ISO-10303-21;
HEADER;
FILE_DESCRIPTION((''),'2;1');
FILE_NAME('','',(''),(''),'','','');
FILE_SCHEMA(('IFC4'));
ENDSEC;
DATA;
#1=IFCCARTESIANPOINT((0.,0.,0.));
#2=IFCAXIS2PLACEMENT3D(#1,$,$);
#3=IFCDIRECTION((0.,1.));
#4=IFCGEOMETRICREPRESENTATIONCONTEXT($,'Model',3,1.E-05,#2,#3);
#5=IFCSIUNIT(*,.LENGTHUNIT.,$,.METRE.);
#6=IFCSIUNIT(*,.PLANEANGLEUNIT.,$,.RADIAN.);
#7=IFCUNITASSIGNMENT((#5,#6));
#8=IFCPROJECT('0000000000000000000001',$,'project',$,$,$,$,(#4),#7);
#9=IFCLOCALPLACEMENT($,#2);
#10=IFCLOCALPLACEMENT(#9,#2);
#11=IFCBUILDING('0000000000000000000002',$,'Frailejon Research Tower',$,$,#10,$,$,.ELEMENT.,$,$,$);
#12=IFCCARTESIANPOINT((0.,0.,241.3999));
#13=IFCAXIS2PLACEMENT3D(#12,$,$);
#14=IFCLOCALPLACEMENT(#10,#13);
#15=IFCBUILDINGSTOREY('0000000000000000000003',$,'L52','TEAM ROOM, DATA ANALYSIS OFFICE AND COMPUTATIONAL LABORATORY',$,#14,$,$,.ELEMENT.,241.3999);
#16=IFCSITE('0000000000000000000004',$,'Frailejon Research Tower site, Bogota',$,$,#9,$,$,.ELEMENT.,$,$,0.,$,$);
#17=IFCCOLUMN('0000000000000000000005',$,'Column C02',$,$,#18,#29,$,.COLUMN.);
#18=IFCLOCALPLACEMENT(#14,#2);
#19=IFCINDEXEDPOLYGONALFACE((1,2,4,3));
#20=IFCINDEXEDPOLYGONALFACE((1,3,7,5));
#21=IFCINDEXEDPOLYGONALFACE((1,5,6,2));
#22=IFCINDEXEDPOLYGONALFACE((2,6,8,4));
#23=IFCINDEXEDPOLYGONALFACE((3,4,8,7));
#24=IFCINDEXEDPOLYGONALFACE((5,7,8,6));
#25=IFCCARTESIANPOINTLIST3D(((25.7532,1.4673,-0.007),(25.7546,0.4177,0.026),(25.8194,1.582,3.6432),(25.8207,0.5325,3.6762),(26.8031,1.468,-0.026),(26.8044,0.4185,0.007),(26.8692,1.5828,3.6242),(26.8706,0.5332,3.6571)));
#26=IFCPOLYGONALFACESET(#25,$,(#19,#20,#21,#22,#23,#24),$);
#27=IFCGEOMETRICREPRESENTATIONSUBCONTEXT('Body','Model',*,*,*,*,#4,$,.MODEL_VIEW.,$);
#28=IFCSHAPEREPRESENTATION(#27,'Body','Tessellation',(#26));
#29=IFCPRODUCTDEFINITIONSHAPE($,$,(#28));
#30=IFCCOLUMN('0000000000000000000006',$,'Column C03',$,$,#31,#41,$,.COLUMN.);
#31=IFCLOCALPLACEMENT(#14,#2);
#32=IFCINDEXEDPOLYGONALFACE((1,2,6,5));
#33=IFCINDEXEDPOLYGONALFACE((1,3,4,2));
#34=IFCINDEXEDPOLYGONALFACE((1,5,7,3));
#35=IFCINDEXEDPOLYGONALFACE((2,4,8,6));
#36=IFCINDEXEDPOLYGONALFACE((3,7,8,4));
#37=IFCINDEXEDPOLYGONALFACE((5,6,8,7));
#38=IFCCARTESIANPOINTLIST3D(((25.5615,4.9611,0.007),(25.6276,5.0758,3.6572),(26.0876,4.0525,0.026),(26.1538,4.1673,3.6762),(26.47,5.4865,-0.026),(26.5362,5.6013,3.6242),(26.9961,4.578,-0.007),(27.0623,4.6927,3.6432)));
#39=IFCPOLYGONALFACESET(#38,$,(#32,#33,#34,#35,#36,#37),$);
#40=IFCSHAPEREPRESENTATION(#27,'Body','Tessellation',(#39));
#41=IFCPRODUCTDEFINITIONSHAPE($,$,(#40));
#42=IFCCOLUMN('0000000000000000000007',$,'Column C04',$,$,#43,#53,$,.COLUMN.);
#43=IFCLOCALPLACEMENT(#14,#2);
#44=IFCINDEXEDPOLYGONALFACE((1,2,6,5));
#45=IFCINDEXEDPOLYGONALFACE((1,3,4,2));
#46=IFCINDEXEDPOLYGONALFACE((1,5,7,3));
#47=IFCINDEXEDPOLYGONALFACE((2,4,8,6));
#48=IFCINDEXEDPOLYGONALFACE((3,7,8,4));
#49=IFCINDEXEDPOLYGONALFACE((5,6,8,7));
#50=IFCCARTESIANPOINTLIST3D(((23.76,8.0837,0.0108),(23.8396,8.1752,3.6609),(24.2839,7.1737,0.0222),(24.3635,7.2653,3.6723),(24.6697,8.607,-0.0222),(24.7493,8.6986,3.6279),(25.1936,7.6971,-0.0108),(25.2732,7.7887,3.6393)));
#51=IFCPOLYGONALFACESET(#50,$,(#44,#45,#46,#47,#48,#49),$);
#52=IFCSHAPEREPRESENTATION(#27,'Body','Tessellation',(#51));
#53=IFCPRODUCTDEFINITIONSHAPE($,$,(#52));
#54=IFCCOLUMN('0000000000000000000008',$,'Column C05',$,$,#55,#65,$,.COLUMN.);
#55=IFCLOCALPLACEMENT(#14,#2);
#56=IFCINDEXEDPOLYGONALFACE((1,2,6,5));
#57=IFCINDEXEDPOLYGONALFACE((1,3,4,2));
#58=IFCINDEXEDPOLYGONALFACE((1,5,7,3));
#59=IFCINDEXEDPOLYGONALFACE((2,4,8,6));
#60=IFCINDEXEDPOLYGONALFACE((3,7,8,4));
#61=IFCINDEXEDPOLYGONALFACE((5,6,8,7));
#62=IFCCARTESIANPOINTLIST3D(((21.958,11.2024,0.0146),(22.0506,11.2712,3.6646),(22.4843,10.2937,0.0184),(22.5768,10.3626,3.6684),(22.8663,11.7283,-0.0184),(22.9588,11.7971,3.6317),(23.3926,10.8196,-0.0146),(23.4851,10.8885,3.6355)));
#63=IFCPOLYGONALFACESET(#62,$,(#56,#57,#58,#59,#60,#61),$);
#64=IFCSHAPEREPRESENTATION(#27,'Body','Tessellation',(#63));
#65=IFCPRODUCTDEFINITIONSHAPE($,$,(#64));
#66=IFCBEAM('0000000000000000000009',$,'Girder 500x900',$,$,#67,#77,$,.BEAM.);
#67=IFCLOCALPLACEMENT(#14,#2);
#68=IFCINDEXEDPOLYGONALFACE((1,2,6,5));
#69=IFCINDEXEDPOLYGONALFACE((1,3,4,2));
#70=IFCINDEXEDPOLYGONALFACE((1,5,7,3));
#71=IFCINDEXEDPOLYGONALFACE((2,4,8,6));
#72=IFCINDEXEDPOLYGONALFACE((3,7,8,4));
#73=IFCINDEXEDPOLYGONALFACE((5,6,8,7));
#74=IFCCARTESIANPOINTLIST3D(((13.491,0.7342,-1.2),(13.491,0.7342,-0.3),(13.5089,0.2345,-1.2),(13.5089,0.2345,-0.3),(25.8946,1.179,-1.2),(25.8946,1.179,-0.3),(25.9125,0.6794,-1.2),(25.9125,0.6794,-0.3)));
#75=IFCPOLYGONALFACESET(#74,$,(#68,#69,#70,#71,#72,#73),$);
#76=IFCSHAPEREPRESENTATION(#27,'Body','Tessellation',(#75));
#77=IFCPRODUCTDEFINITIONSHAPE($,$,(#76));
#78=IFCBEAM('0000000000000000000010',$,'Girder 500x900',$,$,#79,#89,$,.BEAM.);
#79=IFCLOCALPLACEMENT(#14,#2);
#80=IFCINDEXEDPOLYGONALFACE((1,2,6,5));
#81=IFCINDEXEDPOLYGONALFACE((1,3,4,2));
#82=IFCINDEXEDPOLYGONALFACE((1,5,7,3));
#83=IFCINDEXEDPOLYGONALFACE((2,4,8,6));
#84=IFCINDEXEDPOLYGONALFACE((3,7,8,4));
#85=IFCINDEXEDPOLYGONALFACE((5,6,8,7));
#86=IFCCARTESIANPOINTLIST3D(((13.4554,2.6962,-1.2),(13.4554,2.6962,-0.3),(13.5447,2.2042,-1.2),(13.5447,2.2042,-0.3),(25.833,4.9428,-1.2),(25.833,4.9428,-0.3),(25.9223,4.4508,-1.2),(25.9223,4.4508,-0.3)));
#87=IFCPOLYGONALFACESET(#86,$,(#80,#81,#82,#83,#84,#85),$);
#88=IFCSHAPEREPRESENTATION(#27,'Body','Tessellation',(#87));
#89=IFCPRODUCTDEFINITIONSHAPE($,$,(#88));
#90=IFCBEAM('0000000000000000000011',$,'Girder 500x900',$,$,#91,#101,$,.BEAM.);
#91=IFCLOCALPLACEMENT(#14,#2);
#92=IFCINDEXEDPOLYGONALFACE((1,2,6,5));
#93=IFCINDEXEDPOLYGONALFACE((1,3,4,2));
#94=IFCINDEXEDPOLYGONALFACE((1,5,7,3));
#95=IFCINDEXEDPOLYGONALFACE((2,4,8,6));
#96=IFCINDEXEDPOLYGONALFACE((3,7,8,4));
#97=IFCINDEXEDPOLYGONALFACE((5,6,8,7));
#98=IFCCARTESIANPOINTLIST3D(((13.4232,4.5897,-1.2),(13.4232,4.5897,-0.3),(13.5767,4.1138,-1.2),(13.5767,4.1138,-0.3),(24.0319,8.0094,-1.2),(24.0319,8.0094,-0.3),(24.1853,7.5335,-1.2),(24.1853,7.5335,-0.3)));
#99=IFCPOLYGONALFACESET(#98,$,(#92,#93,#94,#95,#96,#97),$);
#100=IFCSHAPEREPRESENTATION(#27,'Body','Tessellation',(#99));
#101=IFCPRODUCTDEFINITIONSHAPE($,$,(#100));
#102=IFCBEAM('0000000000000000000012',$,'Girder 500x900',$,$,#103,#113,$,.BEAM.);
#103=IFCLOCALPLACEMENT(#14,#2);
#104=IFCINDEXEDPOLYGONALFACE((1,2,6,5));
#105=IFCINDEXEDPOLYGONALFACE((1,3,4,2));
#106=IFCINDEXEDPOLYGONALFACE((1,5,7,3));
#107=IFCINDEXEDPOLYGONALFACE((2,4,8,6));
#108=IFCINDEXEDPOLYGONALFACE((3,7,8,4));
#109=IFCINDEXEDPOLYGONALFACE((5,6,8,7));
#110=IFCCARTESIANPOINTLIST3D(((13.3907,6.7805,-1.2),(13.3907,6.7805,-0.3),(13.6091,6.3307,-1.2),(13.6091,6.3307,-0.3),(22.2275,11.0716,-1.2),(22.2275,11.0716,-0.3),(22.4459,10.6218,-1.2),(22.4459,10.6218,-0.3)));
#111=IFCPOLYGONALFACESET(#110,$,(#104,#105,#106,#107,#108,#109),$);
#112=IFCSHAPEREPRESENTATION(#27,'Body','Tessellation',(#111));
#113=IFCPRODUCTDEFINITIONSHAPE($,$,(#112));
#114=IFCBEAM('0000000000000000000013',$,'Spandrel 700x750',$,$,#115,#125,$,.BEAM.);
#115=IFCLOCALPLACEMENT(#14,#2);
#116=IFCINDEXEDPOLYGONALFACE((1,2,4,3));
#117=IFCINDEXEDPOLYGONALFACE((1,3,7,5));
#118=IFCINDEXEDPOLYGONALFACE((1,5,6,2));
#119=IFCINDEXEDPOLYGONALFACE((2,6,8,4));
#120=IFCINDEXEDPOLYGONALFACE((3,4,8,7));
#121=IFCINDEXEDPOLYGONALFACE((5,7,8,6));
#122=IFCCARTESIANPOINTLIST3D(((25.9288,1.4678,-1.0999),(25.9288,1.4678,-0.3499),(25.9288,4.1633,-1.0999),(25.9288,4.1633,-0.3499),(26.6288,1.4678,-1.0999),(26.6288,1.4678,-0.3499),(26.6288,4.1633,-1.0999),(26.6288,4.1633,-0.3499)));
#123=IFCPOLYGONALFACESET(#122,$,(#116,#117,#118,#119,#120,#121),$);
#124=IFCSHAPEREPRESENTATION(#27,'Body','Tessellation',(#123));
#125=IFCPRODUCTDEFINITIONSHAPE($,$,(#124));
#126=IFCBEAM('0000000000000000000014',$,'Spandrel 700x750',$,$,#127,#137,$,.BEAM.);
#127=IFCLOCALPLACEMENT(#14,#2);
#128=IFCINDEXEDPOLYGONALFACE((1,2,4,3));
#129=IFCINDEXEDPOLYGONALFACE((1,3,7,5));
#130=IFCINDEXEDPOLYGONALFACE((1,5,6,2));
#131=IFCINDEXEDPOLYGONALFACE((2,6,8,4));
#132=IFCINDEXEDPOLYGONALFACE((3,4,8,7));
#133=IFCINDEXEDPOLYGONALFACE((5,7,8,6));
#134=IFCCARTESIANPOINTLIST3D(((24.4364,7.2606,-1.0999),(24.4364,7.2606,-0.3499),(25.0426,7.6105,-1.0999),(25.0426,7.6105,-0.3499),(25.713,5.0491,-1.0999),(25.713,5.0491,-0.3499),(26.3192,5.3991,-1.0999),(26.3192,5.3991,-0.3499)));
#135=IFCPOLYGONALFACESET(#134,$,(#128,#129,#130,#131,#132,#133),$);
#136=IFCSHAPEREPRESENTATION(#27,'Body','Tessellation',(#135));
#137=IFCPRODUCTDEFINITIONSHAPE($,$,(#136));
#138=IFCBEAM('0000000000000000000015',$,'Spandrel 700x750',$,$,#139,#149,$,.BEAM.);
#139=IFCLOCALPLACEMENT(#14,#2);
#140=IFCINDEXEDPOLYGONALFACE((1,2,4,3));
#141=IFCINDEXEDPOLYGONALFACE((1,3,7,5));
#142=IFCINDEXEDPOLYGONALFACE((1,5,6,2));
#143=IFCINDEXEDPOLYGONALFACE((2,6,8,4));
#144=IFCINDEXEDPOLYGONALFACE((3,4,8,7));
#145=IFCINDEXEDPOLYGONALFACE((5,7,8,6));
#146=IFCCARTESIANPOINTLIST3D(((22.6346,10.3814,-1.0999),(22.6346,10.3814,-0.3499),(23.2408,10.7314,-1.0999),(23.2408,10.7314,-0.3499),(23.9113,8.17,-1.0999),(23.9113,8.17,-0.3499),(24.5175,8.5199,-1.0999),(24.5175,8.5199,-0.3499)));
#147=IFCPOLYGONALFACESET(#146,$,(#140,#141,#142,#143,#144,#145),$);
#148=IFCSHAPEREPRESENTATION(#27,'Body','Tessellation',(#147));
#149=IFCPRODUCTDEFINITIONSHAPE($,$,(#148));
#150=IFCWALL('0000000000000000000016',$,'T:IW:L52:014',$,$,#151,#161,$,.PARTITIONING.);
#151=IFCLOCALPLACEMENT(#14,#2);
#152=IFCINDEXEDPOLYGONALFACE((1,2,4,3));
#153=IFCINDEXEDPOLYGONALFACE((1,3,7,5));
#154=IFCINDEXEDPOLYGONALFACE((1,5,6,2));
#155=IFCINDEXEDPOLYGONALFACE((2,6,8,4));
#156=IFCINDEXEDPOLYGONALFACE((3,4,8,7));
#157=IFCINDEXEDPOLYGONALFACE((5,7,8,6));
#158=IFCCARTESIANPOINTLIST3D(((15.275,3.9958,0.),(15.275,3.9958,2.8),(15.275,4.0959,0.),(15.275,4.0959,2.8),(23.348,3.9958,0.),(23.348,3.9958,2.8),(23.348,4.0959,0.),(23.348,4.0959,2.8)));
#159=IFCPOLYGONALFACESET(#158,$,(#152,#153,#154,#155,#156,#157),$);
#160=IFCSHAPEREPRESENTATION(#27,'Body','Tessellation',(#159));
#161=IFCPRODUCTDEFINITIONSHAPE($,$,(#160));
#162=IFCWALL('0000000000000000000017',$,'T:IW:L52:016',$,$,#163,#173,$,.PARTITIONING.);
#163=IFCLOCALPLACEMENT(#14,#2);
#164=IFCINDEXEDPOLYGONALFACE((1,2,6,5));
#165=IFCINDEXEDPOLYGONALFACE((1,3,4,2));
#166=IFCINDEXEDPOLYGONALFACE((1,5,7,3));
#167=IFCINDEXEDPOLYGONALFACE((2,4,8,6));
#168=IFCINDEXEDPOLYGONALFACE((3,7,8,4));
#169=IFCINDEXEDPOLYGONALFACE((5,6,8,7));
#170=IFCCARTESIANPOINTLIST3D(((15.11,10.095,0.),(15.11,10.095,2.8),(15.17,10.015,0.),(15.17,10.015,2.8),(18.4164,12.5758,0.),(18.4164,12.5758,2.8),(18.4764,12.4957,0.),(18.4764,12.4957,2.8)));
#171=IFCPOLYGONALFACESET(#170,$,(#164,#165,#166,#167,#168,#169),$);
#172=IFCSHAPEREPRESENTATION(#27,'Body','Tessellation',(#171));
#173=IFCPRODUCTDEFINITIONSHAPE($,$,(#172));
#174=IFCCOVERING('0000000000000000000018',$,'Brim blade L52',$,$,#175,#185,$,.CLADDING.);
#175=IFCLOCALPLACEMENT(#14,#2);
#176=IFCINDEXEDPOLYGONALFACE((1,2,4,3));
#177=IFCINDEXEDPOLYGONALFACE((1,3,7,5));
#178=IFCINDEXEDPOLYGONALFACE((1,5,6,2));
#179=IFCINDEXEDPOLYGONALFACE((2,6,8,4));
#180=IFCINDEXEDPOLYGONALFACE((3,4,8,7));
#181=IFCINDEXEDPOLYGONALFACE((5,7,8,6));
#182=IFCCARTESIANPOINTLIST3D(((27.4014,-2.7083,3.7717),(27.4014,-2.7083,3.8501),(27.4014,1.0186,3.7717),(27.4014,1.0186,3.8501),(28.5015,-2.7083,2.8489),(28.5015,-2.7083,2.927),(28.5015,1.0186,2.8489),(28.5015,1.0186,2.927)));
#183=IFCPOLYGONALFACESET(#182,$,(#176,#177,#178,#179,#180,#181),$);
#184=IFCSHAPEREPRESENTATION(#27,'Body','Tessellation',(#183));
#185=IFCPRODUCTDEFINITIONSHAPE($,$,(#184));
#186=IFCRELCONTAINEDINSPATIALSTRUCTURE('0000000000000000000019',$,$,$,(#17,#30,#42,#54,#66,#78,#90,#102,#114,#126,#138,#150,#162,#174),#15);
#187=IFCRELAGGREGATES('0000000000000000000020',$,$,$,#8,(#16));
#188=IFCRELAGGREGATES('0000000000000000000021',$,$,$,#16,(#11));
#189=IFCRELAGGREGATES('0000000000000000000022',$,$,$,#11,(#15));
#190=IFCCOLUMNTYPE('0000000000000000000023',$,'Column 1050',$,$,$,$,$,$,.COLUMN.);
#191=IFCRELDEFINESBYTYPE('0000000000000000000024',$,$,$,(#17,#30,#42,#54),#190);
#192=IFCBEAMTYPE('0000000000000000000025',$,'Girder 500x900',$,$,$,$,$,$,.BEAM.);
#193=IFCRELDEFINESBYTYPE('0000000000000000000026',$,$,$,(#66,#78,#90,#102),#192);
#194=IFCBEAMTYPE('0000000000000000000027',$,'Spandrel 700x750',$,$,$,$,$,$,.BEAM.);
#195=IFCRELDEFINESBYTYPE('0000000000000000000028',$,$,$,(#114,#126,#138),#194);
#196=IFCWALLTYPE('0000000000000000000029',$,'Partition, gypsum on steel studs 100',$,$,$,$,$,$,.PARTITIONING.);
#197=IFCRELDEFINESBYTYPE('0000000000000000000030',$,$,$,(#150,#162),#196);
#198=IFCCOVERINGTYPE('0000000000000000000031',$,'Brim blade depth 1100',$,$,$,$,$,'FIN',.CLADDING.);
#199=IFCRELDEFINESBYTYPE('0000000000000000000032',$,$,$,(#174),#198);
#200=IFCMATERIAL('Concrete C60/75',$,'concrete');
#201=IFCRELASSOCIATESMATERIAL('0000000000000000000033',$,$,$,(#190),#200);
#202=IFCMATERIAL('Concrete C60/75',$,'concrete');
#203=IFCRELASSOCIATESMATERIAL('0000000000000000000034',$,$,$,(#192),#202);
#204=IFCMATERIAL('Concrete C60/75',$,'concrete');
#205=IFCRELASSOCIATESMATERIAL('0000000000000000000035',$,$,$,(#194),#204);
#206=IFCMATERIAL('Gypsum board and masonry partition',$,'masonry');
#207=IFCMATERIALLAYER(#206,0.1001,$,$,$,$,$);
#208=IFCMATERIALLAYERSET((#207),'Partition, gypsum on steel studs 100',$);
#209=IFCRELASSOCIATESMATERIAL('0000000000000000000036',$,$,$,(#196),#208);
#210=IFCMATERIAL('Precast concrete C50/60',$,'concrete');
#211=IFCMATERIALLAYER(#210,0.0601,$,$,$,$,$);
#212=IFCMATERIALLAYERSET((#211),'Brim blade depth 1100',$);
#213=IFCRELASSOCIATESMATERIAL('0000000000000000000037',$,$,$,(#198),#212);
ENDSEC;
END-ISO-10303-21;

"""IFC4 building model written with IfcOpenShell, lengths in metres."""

from ifc_helpers import new_model, si_unit, direction, frame, frame_2d, origin, origin_2d, place, context, subcontext, project, spatial, polyline, rectangle, outline, extrude, material, layer, layer_set, material_profile, profile_set, type_object, element, save


model = new_model("IFC4")

# Units and contexts
model_context = context("Model", 3, precision=1e-05, world=origin(), true_north=direction((0.0, 1.0)))
body_context = subcontext(model_context, "Body", "Model", "MODEL_VIEW")
ifc_project = project(units=[si_unit("LENGTHUNIT", "METRE"), si_unit("PLANEANGLEUNIT", "RADIAN")], contexts=[model_context])

# Site, building, storey
site_placement = place(None, origin())
site = spatial("IfcSite", under=ifc_project, at=site_placement, Name="Frailejon Research Tower site, Bogota", CompositionType="ELEMENT", RefElevation=0.0)
building_placement = place(site_placement, origin())
building = spatial("IfcBuilding", under=site, at=building_placement, Name="Frailejon Research Tower", CompositionType="ELEMENT")
storey_placement = place(building_placement, frame((0.0, 0.0, 241.3999)))
storey = spatial("IfcBuildingStorey", under=building, at=storey_placement, Name="L52", Description="TEAM ROOM, DATA ANALYSIS OFFICE AND COMPUTATIONAL LABORATORY", CompositionType="ELEMENT", Elevation=241.3999)

# Columns
ifc_material_1 = material(Name="Concrete C60/75", Category="concrete")
ifc_material_profile_1 = material_profile(ifc_material_1, rectangle(XDim=1.05, YDim=1.05, at=origin_2d()), Name="Column 1050")
ifc_profile_set_1 = profile_set([ifc_material_profile_1], Name="Concrete C60/75")
column_type = type_object("IfcColumnType", Name="Column 1050", PredefinedType="COLUMN", material=ifc_profile_set_1)
for number, where, z_axis, x_axis, name in (
    (1, (26.2788, 0.9429, 0.0), (0.018114, 0.031415, 0.999342), (-0.001297, 0.999506, -0.031397), "Column C02"),
    (2, (26.2788, 4.7695, 0.0), (0.018114, 0.031415, 0.999342), (-0.501041, 0.865234, -0.018118), "Column C03"),
):
    element("IfcColumn", number, at=place(storey_placement, frame(where, z_axis=z_axis, x_axis=x_axis)), inside=storey, type_object=column_type, Name=name, PredefinedType="COLUMN", context=body_context, shape_type="SweptSolid", body=[
        extrude(rectangle(XDim=1.05, YDim=1.05, at=origin_2d()), origin(), (0.0, 0.0, 1.0), 3.6526),
    ])
column_1_placement = place(storey_placement, frame((24.4768, 7.8904, 0.0), z_axis=(0.021793, 0.025068, 0.999448), x_axis=(-0.498949, 0.866563, -0.010856)))
element("IfcColumn", 3, at=column_1_placement, inside=storey, type_object=column_type, Name="Column C04", PredefinedType="COLUMN", context=body_context, shape_type="SweptSolid", body=[
    extrude(rectangle(XDim=1.05, YDim=1.05, at=origin_2d()), origin(), (0.0, 0.0, 1.0), 3.6521),
])
column_2_placement = place(storey_placement, frame((22.6753, 11.011, 0.0), z_axis=(0.025337, 0.018852, 0.999501), x_axis=(-0.501176, 0.865338, -0.003617)))
element("IfcColumn", 4, at=column_2_placement, inside=storey, type_object=column_type, Name="Column C05", PredefinedType="COLUMN", context=body_context, shape_type="SweptSolid", body=[
    extrude(rectangle(XDim=1.05, YDim=1.05, at=origin_2d()), origin(), (0.0, 0.0, 1.0), 3.6519),
])

# Beams
ifc_material_2 = material(Name="Concrete C60/75", Category="concrete")
ifc_material_profile_2 = material_profile(ifc_material_2, rectangle(XDim=0.5, YDim=0.8999, at=origin_2d()), Name="Girder 500x900")
ifc_profile_set_2 = profile_set([ifc_material_profile_2], Name="Concrete C60/75")
beam_type_1 = type_object("IfcBeamType", Name="Girder 500x900", PredefinedType="BEAM", material=ifc_profile_set_2)
beam_1_placement = place(storey_placement, frame((25.9036, 0.9292, -0.75), z_axis=(-0.999358, -0.03584, 0.0), x_axis=(0.03584, -0.999358, 0.0)))
element("IfcBeam", 5, at=beam_1_placement, inside=storey, type_object=beam_type_1, Name="Girder 500x900", PredefinedType="BEAM", context=body_context, shape_type="SweptSolid", body=[
    extrude(rectangle(XDim=0.5, YDim=0.8999, at=origin_2d()), origin(), (0.0, 0.0, 1.0), 12.4116),
])
beam_2_placement = place(storey_placement, frame((25.8777, 4.6968, -0.75), z_axis=(-0.983925, -0.178585, 0.0), x_axis=(0.178585, -0.983925, 0.0)))
element("IfcBeam", 6, at=beam_2_placement, inside=storey, type_object=beam_type_1, Name="Girder 500x900", PredefinedType="BEAM", context=body_context, shape_type="SweptSolid", body=[
    extrude(rectangle(XDim=0.5, YDim=0.8999, at=origin_2d()), origin(), (0.0, 0.0, 1.0), 12.5798),
])
beam_3_placement = place(storey_placement, frame((24.1086, 7.7715, -0.75), z_axis=(-0.951773, -0.306802, 0.0), x_axis=(0.306802, -0.951773, 0.0)))
element("IfcBeam", 7, at=beam_3_placement, inside=storey, type_object=beam_type_1, Name="Girder 500x900", PredefinedType="BEAM", context=body_context, shape_type="SweptSolid", body=[
    extrude(rectangle(XDim=0.5, YDim=0.8999, at=origin_2d()), origin(), (0.0, 0.0, 1.0), 11.1462),
])
beam_4_placement = place(storey_placement, frame((22.3367, 10.8467, -0.75), z_axis=(-0.899551, -0.436815, 0.0), x_axis=(0.436815, -0.899551, 0.0)))
element("IfcBeam", 8, at=beam_4_placement, inside=storey, type_object=beam_type_1, Name="Girder 500x900", PredefinedType="BEAM", context=body_context, shape_type="SweptSolid", body=[
    extrude(rectangle(XDim=0.5, YDim=0.8999, at=origin_2d()), origin(), (0.0, 0.0, 1.0), 9.8235),
])
ifc_material_3 = material(Name="Concrete C60/75", Category="concrete")
ifc_material_profile_3 = material_profile(ifc_material_3, rectangle(XDim=0.7, YDim=0.75, at=origin_2d()), Name="Spandrel 700x750")
ifc_profile_set_3 = profile_set([ifc_material_profile_3], Name="Concrete C60/75")
beam_type_2 = type_object("IfcBeamType", Name="Spandrel 700x750", PredefinedType="BEAM", material=ifc_profile_set_3)
beam_5_placement = place(storey_placement, frame((26.2788, 1.4678, -0.7249), z_axis=(0.0, 1.0, 0.0), x_axis=(-1.0, 0.0, 0.0)))
element("IfcBeam", 9, at=beam_5_placement, inside=storey, type_object=beam_type_2, Name="Spandrel 700x750", PredefinedType="BEAM", context=body_context, shape_type="SweptSolid", body=[
    extrude(rectangle(XDim=0.7, YDim=0.75, at=origin_2d()), origin(), (0.0, 0.0, 1.0), 2.6956),
])
for number, where, z_axis, x_axis, name in (
    (10, (26.0161, 5.2241, -0.7249), (-0.499954, 0.866052, 0.0), (-0.866052, -0.499954, 0.0), "Spandrel 700x750"),
    (11, (24.2144, 8.345, -0.7249), (-0.499954, 0.866052, 0.0), (-0.866052, -0.499954, 0.0), "Spandrel 700x750"),
):
    element("IfcBeam", number, at=place(storey_placement, frame(where, z_axis=z_axis, x_axis=x_axis)), inside=storey, type_object=beam_type_2, Name=name, PredefinedType="BEAM", context=body_context, shape_type="SweptSolid", body=[
        extrude(rectangle(XDim=0.7, YDim=0.75, at=origin_2d()), origin(), (0.0, 0.0, 1.0), 2.5535),
    ])

# Walls
ifc_material_4 = material(Name="Gypsum board and masonry partition", Category="masonry")
ifc_layer_1 = layer(ifc_material_4, 0.1001)
ifc_layer_set_1 = layer_set([ifc_layer_1], Name="Partition, gypsum on steel studs 100")
wall_type_1 = type_object("IfcWallType", Name="Partition, gypsum on steel studs 100", PredefinedType="PARTITIONING", material=ifc_layer_set_1)
wall_1_placement = place(storey_placement, frame((15.2749, 4.0459, 0.0), z_axis=(0.0, 0.0, 1.0), x_axis=(1.0, 0.0, 0.0)))
element("IfcWall", 12, at=wall_1_placement, inside=storey, type_object=wall_type_1, Name="T:IW:L52:014", PredefinedType="PARTITIONING", context=body_context, shape_type="SweptSolid", body=[
    extrude(rectangle(XDim=8.073, YDim=0.1001, at=frame_2d((4.0366, 0.0))), origin(), (0.0, 0.0, 1.0), 2.8),
])
wall_2_placement = place(storey_placement, frame((15.1399, 10.0549, 0.0), z_axis=(0.0, 0.0, 1.0), x_axis=(0.799894, 0.600142, 0.0)))
element("IfcWall", 13, at=wall_2_placement, inside=storey, type_object=wall_type_1, Name="T:IW:L52:016", PredefinedType="PARTITIONING", context=body_context, shape_type="SweptSolid", body=[
    extrude(rectangle(XDim=4.1335, YDim=0.1001, at=frame_2d((2.0669, 0.0))), origin(), (0.0, 0.0, 1.0), 2.8),
])

# Covering
ifc_material_5 = material(Name="Precast concrete C50/60", Category="concrete")
ifc_layer_2 = layer(ifc_material_5, 0.0601)
ifc_layer_set_2 = layer_set([ifc_layer_2], Name="Brim blade depth 1100")
covering_type = type_object("IfcCoveringType", Name="Brim blade depth 1100", ElementType="FIN", PredefinedType="CLADDING", material=ifc_layer_set_2)
for number, where, z_axis, x_axis, name in (
    (14, (27.4014, 1.0186, 3.8501), (0.0, -1.0, 0.0), (1.0, 0.0, 0.0), "Brim blade L52"),
):
    element("IfcCovering", number, at=place(storey_placement, frame(where, z_axis=z_axis, x_axis=x_axis)), inside=storey, type_object=covering_type, Name=name, PredefinedType="CLADDING", context=body_context, shape_type="SweptSolid", body=[
        extrude(outline(polyline([(0.0, -0.0784), (1.1001, -1.0012), (1.1001, -0.9231), (0.0, 0.0), (0.0, -0.0784)])), origin(), (0.0, 0.0, 1.0), 3.7268),
    ])

save(model, "model.ifc")
